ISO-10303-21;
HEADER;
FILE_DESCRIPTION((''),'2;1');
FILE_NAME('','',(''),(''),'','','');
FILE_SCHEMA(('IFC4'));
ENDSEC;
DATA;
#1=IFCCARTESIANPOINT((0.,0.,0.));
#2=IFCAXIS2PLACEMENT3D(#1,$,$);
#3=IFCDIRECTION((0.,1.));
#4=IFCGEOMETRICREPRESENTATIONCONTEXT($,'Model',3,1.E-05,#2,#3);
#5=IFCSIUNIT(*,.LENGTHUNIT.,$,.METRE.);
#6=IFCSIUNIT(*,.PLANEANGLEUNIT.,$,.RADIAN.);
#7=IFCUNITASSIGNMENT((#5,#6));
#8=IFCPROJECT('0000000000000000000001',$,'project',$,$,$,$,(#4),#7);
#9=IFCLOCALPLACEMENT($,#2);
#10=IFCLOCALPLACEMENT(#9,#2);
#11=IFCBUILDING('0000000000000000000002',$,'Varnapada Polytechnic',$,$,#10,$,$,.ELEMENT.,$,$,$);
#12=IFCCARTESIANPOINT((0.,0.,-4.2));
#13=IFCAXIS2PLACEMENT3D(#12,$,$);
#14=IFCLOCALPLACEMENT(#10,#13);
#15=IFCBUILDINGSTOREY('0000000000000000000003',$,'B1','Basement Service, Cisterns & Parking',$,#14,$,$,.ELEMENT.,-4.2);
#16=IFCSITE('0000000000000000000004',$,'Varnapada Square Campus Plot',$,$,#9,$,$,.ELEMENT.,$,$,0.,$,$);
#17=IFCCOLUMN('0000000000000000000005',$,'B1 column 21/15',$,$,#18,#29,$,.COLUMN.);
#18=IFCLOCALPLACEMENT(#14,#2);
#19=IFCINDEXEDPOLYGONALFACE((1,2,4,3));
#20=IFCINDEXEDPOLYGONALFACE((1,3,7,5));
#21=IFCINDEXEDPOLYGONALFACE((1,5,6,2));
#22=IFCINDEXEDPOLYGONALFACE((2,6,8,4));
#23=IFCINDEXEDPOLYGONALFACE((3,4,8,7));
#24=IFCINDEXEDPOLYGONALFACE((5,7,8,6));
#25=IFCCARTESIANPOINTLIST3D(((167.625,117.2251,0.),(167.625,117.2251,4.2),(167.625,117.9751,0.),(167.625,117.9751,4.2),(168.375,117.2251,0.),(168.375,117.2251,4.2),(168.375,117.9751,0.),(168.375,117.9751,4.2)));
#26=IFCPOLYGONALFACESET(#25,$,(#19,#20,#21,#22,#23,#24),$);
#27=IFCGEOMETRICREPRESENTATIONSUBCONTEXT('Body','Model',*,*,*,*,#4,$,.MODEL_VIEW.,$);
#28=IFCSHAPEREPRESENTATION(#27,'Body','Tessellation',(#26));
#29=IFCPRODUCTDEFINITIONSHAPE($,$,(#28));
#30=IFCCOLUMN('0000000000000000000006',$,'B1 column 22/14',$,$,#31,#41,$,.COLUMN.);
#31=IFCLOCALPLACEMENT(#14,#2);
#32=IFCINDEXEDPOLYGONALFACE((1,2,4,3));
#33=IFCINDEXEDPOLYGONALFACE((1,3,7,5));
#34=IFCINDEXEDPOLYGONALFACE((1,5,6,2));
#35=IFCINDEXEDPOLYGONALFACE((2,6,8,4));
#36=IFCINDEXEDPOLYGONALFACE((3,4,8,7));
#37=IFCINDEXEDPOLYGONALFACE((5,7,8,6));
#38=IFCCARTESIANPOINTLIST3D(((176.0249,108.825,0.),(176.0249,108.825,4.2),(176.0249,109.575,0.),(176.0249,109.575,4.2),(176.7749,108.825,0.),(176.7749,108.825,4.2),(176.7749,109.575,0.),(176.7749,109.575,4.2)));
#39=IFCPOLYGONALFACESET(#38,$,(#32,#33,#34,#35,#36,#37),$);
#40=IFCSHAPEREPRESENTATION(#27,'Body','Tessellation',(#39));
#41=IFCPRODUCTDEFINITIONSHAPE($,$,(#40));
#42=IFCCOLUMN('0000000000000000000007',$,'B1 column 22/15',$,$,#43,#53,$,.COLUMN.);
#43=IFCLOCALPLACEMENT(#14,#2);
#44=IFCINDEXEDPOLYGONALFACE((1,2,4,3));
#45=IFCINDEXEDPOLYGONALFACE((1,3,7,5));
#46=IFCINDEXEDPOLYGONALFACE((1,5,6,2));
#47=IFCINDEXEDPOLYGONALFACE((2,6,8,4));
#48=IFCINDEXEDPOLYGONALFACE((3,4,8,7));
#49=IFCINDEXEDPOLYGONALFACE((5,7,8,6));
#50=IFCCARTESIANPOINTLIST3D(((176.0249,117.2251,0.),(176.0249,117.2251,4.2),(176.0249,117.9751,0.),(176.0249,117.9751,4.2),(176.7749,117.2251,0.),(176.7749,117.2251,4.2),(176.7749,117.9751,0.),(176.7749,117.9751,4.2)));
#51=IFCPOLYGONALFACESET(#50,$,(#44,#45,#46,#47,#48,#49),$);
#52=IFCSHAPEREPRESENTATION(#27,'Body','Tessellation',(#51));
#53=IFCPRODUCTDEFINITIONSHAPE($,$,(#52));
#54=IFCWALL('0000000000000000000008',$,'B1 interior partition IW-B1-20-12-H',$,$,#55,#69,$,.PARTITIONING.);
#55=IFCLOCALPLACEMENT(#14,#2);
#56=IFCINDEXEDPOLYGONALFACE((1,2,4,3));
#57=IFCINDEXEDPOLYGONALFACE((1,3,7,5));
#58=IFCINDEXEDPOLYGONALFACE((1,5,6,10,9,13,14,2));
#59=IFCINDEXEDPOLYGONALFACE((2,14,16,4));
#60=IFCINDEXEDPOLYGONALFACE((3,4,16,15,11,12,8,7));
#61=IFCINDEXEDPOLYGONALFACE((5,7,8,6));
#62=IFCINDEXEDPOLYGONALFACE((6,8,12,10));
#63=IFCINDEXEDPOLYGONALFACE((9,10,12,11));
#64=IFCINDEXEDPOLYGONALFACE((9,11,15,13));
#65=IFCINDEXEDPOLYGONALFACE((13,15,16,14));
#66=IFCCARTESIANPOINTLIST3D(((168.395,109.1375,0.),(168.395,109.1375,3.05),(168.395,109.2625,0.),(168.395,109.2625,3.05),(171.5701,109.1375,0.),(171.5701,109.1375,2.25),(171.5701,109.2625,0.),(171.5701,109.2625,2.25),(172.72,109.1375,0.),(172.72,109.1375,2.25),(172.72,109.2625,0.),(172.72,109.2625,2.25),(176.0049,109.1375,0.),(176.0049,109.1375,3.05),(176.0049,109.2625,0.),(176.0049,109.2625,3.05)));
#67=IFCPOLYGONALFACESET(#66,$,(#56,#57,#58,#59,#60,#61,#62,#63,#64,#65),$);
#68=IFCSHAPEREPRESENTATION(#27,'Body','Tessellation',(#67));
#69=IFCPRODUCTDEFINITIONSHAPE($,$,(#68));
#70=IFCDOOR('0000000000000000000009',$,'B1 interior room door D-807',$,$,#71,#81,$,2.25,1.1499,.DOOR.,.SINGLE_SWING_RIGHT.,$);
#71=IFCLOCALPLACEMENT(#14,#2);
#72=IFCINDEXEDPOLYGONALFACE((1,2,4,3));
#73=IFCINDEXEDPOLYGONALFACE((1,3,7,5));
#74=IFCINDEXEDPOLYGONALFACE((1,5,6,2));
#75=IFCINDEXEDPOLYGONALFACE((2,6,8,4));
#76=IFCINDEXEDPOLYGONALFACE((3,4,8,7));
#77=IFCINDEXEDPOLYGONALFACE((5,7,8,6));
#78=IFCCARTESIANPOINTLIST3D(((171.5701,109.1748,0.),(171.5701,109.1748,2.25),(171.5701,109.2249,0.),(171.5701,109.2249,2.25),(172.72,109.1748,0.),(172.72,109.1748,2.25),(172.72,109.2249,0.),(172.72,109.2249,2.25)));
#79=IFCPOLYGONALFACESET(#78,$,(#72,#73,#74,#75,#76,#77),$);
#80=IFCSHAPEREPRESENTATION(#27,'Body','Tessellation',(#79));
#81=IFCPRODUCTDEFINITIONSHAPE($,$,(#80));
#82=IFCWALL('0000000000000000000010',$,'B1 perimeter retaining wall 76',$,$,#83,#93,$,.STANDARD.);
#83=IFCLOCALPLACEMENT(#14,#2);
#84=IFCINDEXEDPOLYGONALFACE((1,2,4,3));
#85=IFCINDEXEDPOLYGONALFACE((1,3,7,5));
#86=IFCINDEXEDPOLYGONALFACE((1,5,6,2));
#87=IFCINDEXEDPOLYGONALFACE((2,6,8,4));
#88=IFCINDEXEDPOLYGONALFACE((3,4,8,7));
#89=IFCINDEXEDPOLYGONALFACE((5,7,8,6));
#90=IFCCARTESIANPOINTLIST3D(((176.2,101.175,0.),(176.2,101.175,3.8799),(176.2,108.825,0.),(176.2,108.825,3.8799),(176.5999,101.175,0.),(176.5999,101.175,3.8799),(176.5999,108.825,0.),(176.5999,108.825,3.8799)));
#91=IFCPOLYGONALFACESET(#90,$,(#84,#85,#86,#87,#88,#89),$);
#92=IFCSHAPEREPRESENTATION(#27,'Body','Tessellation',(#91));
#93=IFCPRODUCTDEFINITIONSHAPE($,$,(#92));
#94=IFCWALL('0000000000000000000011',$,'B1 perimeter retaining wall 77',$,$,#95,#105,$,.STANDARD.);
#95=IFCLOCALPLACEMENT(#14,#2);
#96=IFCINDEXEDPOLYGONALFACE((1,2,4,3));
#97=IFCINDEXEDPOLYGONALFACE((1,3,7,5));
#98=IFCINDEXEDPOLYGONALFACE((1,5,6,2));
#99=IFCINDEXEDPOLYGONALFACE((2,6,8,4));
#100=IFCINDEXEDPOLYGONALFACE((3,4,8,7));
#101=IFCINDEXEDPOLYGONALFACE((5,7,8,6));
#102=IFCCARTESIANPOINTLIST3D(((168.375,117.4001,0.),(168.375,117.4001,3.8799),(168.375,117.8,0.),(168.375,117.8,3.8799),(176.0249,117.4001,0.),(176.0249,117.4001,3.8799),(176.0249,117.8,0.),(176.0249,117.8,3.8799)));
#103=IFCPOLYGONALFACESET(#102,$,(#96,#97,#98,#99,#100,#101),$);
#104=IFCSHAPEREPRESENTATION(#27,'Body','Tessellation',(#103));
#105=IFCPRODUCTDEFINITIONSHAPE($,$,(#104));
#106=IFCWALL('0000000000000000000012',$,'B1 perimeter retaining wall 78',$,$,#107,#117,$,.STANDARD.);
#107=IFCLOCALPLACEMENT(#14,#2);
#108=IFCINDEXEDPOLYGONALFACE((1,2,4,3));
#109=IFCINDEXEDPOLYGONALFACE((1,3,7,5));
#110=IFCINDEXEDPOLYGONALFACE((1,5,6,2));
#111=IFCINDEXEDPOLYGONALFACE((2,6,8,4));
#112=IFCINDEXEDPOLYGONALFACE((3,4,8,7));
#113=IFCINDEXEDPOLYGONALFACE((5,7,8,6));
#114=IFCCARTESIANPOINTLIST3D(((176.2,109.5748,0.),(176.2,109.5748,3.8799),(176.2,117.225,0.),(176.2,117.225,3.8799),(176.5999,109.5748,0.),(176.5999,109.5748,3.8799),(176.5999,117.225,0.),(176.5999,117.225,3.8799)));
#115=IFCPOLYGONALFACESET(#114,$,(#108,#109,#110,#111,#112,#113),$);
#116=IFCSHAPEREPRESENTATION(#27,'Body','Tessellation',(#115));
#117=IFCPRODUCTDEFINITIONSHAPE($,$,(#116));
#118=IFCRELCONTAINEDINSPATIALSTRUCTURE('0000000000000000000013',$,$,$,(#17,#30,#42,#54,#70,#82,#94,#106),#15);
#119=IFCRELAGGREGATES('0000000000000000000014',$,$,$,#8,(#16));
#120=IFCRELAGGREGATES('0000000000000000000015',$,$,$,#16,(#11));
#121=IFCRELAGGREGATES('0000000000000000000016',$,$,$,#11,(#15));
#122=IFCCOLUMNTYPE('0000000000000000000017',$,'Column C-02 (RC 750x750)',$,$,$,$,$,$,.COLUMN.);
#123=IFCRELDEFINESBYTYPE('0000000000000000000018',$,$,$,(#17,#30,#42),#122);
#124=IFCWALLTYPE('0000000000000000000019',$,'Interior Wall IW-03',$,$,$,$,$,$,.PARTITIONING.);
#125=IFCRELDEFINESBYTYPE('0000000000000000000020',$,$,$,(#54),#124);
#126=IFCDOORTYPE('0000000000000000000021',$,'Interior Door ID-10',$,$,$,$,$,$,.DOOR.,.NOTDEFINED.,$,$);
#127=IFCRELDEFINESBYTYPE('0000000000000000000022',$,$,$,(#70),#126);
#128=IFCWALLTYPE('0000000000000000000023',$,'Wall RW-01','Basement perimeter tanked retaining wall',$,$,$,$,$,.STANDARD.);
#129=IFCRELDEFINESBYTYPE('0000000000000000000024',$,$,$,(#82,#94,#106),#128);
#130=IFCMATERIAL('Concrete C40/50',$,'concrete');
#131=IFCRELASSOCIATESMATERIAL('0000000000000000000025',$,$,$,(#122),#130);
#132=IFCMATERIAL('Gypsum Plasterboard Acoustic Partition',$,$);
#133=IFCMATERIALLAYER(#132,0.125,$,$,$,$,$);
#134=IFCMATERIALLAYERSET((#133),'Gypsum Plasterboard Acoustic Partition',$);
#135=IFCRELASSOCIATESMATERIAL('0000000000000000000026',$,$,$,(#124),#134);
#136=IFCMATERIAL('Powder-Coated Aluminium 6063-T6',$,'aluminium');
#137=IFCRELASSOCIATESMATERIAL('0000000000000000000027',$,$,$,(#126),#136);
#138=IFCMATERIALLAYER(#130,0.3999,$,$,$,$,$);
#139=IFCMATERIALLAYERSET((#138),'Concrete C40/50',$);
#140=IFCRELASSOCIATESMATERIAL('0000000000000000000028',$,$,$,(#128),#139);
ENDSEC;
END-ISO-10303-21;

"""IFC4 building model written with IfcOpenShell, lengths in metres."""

from ifc_helpers import new_model, si_unit, direction, frame, frame_2d, origin, origin_2d, place, context, subcontext, project, spatial, rectangle, extrude, material, layer, layer_set, material_profile, profile_set, type_object, element, fill, save


model = new_model("IFC4")

# Units and contexts
model_context = context("Model", 3, precision=1e-05, world=origin(), true_north=direction((0.0, 1.0)))
body_context = subcontext(model_context, "Body", "Model", "MODEL_VIEW")
ifc_project = project(units=[si_unit("LENGTHUNIT", "METRE"), si_unit("PLANEANGLEUNIT", "RADIAN")], contexts=[model_context])

# Site, building, storey
site_placement = place(None, origin())
site = spatial("IfcSite", under=ifc_project, at=site_placement, Name="Varnapada Square Campus Plot", CompositionType="ELEMENT", RefElevation=0.0)
building_placement = place(site_placement, origin())
building = spatial("IfcBuilding", under=site, at=building_placement, Name="Varnapada Polytechnic", CompositionType="ELEMENT")
storey_placement = place(building_placement, frame((0.0, 0.0, -4.2)))
storey = spatial("IfcBuildingStorey", under=building, at=storey_placement, Name="B1", Description="Basement Service, Cisterns & Parking", CompositionType="ELEMENT", Elevation=-4.2)

# Shared definitions
ifc_material_1 = material(Name="Concrete C40/50", Category="concrete")

# Columns
ifc_material_profile_1 = material_profile(ifc_material_1, rectangle(XDim=0.75, YDim=0.75, at=origin_2d()), Name="RC 750x750")
ifc_profile_set_1 = profile_set([ifc_material_profile_1], Name="Concrete C40/50")
column_type = type_object("IfcColumnType", Name="Column C-02 (RC 750x750)", PredefinedType="COLUMN", material=ifc_profile_set_1)
for number, where, z_axis, x_axis, name in (
    (1, (168.0, 117.6001, 0.0), (0.0, 0.0, 1.0), (1.0, 0.0, 0.0), "B1 column 21/15"),
    (2, (176.3999, 109.2, 0.0), (0.0, 0.0, 1.0), (1.0, 0.0, 0.0), "B1 column 22/14"),
    (3, (176.3999, 117.6001, 0.0), (0.0, 0.0, 1.0), (1.0, 0.0, 0.0), "B1 column 22/15"),
):
    element("IfcColumn", number, at=place(storey_placement, frame(where, z_axis=z_axis, x_axis=x_axis)), inside=storey, type_object=column_type, Name=name, PredefinedType="COLUMN", context=body_context, shape_type="SweptSolid", body=[
        extrude(rectangle(XDim=0.75, YDim=0.75, at=origin_2d()), origin(), (0.0, 0.0, 1.0), 4.2),
    ])

# Wall, opening, door
ifc_material_2 = material(Name="Gypsum Plasterboard Acoustic Partition")
ifc_layer_1 = layer(ifc_material_2, 0.125)
ifc_layer_set_1 = layer_set([ifc_layer_1], Name="Gypsum Plasterboard Acoustic Partition")
wall_type_1 = type_object("IfcWallType", Name="Interior Wall IW-03", PredefinedType="PARTITIONING", material=ifc_layer_set_1)
wall_1_placement = place(storey_placement, frame((168.395, 109.2, 0.0), z_axis=(0.0, 0.0, 1.0), x_axis=(1.0, 0.0, 0.0)))
wall_1 = element("IfcWall", 4, at=wall_1_placement, inside=storey, type_object=wall_type_1, Name="B1 interior partition IW-B1-20-12-H", PredefinedType="PARTITIONING", context=body_context, shape_type="SweptSolid", body=[
    extrude(rectangle(XDim=7.6099, YDim=0.125, at=frame_2d((3.8049, 0.0))), origin(), (0.0, 0.0, 1.0), 3.05),
])
opening_placement = place(wall_1_placement, frame((3.175, 0.0, 0.0)))
opening = element("IfcOpeningElement", 5, at=opening_placement, cuts=wall_1, PredefinedType="OPENING", context=body_context, shape_type="SweptSolid", body=[
    extrude(rectangle(XDim=1.1499, YDim=2.25, at=frame_2d((0.575, 1.125))), frame((0.0, 0.0725, 0.0), z_axis=(0.0, -1.0, 0.0), x_axis=(1.0, 0.0, 0.0)), (0.0, 0.0, 1.0), 0.145),
])
ifc_material_3 = material(Name="Powder-Coated Aluminium 6063-T6", Category="aluminium")
door_type = type_object("IfcDoorType", Name="Interior Door ID-10", OperationType="NOTDEFINED", PredefinedType="DOOR", material=ifc_material_3)
door_placement = place(opening_placement, origin())
door = element("IfcDoor", 6, at=door_placement, inside=storey, type_object=door_type, Name="B1 interior room door D-807", OperationType="SINGLE_SWING_RIGHT", OverallHeight=2.25, OverallWidth=1.1499, PredefinedType="DOOR", context=body_context, shape_type="SweptSolid", body=[
    extrude(rectangle(XDim=1.1499, YDim=2.25, at=frame_2d((0.575, 1.125))), frame((0.0, 0.0249, 0.0), z_axis=(0.0, -1.0, 0.0), x_axis=(1.0, 0.0, 0.0)), (0.0, 0.0, 1.0), 0.05),
])
fill(opening, door)

# Walls
ifc_layer_2 = layer(ifc_material_1, 0.3999)
ifc_layer_set_2 = layer_set([ifc_layer_2], Name="Concrete C40/50")
wall_type_2 = type_object("IfcWallType", Name="Wall RW-01", Description="Basement perimeter tanked retaining wall", PredefinedType="STANDARD", material=ifc_layer_set_2)
for number, where, z_axis, x_axis, name in (
    (7, (176.3999, 108.825, 0.0), (0.0, 0.0, 1.0), (0.0, -1.0, 0.0), "B1 perimeter retaining wall 76"),
    (8, (168.375, 117.6001, 0.0), (0.0, 0.0, 1.0), (1.0, 0.0, 0.0), "B1 perimeter retaining wall 77"),
):
    element("IfcWall", number, at=place(storey_placement, frame(where, z_axis=z_axis, x_axis=x_axis)), inside=storey, type_object=wall_type_2, Name=name, PredefinedType="STANDARD", context=body_context, shape_type="SweptSolid", body=[
        extrude(rectangle(XDim=7.6499, YDim=0.3999, at=frame_2d((3.825, 0.0))), origin(), (0.0, 0.0, 1.0), 3.8799),
    ])
wall_2_placement = place(storey_placement, frame((176.3999, 117.2251, 0.0), z_axis=(0.0, 0.0, 1.0), x_axis=(0.0, -1.0, 0.0)))
element("IfcWall", 9, at=wall_2_placement, inside=storey, type_object=wall_type_2, Name="B1 perimeter retaining wall 78", PredefinedType="STANDARD", context=body_context, shape_type="SweptSolid", body=[
    extrude(rectangle(XDim=7.6501, YDim=0.3999, at=frame_2d((3.8252, 0.0))), origin(), (0.0, 0.0, 1.0), 3.8799),
])

save(model, "model.ifc")
